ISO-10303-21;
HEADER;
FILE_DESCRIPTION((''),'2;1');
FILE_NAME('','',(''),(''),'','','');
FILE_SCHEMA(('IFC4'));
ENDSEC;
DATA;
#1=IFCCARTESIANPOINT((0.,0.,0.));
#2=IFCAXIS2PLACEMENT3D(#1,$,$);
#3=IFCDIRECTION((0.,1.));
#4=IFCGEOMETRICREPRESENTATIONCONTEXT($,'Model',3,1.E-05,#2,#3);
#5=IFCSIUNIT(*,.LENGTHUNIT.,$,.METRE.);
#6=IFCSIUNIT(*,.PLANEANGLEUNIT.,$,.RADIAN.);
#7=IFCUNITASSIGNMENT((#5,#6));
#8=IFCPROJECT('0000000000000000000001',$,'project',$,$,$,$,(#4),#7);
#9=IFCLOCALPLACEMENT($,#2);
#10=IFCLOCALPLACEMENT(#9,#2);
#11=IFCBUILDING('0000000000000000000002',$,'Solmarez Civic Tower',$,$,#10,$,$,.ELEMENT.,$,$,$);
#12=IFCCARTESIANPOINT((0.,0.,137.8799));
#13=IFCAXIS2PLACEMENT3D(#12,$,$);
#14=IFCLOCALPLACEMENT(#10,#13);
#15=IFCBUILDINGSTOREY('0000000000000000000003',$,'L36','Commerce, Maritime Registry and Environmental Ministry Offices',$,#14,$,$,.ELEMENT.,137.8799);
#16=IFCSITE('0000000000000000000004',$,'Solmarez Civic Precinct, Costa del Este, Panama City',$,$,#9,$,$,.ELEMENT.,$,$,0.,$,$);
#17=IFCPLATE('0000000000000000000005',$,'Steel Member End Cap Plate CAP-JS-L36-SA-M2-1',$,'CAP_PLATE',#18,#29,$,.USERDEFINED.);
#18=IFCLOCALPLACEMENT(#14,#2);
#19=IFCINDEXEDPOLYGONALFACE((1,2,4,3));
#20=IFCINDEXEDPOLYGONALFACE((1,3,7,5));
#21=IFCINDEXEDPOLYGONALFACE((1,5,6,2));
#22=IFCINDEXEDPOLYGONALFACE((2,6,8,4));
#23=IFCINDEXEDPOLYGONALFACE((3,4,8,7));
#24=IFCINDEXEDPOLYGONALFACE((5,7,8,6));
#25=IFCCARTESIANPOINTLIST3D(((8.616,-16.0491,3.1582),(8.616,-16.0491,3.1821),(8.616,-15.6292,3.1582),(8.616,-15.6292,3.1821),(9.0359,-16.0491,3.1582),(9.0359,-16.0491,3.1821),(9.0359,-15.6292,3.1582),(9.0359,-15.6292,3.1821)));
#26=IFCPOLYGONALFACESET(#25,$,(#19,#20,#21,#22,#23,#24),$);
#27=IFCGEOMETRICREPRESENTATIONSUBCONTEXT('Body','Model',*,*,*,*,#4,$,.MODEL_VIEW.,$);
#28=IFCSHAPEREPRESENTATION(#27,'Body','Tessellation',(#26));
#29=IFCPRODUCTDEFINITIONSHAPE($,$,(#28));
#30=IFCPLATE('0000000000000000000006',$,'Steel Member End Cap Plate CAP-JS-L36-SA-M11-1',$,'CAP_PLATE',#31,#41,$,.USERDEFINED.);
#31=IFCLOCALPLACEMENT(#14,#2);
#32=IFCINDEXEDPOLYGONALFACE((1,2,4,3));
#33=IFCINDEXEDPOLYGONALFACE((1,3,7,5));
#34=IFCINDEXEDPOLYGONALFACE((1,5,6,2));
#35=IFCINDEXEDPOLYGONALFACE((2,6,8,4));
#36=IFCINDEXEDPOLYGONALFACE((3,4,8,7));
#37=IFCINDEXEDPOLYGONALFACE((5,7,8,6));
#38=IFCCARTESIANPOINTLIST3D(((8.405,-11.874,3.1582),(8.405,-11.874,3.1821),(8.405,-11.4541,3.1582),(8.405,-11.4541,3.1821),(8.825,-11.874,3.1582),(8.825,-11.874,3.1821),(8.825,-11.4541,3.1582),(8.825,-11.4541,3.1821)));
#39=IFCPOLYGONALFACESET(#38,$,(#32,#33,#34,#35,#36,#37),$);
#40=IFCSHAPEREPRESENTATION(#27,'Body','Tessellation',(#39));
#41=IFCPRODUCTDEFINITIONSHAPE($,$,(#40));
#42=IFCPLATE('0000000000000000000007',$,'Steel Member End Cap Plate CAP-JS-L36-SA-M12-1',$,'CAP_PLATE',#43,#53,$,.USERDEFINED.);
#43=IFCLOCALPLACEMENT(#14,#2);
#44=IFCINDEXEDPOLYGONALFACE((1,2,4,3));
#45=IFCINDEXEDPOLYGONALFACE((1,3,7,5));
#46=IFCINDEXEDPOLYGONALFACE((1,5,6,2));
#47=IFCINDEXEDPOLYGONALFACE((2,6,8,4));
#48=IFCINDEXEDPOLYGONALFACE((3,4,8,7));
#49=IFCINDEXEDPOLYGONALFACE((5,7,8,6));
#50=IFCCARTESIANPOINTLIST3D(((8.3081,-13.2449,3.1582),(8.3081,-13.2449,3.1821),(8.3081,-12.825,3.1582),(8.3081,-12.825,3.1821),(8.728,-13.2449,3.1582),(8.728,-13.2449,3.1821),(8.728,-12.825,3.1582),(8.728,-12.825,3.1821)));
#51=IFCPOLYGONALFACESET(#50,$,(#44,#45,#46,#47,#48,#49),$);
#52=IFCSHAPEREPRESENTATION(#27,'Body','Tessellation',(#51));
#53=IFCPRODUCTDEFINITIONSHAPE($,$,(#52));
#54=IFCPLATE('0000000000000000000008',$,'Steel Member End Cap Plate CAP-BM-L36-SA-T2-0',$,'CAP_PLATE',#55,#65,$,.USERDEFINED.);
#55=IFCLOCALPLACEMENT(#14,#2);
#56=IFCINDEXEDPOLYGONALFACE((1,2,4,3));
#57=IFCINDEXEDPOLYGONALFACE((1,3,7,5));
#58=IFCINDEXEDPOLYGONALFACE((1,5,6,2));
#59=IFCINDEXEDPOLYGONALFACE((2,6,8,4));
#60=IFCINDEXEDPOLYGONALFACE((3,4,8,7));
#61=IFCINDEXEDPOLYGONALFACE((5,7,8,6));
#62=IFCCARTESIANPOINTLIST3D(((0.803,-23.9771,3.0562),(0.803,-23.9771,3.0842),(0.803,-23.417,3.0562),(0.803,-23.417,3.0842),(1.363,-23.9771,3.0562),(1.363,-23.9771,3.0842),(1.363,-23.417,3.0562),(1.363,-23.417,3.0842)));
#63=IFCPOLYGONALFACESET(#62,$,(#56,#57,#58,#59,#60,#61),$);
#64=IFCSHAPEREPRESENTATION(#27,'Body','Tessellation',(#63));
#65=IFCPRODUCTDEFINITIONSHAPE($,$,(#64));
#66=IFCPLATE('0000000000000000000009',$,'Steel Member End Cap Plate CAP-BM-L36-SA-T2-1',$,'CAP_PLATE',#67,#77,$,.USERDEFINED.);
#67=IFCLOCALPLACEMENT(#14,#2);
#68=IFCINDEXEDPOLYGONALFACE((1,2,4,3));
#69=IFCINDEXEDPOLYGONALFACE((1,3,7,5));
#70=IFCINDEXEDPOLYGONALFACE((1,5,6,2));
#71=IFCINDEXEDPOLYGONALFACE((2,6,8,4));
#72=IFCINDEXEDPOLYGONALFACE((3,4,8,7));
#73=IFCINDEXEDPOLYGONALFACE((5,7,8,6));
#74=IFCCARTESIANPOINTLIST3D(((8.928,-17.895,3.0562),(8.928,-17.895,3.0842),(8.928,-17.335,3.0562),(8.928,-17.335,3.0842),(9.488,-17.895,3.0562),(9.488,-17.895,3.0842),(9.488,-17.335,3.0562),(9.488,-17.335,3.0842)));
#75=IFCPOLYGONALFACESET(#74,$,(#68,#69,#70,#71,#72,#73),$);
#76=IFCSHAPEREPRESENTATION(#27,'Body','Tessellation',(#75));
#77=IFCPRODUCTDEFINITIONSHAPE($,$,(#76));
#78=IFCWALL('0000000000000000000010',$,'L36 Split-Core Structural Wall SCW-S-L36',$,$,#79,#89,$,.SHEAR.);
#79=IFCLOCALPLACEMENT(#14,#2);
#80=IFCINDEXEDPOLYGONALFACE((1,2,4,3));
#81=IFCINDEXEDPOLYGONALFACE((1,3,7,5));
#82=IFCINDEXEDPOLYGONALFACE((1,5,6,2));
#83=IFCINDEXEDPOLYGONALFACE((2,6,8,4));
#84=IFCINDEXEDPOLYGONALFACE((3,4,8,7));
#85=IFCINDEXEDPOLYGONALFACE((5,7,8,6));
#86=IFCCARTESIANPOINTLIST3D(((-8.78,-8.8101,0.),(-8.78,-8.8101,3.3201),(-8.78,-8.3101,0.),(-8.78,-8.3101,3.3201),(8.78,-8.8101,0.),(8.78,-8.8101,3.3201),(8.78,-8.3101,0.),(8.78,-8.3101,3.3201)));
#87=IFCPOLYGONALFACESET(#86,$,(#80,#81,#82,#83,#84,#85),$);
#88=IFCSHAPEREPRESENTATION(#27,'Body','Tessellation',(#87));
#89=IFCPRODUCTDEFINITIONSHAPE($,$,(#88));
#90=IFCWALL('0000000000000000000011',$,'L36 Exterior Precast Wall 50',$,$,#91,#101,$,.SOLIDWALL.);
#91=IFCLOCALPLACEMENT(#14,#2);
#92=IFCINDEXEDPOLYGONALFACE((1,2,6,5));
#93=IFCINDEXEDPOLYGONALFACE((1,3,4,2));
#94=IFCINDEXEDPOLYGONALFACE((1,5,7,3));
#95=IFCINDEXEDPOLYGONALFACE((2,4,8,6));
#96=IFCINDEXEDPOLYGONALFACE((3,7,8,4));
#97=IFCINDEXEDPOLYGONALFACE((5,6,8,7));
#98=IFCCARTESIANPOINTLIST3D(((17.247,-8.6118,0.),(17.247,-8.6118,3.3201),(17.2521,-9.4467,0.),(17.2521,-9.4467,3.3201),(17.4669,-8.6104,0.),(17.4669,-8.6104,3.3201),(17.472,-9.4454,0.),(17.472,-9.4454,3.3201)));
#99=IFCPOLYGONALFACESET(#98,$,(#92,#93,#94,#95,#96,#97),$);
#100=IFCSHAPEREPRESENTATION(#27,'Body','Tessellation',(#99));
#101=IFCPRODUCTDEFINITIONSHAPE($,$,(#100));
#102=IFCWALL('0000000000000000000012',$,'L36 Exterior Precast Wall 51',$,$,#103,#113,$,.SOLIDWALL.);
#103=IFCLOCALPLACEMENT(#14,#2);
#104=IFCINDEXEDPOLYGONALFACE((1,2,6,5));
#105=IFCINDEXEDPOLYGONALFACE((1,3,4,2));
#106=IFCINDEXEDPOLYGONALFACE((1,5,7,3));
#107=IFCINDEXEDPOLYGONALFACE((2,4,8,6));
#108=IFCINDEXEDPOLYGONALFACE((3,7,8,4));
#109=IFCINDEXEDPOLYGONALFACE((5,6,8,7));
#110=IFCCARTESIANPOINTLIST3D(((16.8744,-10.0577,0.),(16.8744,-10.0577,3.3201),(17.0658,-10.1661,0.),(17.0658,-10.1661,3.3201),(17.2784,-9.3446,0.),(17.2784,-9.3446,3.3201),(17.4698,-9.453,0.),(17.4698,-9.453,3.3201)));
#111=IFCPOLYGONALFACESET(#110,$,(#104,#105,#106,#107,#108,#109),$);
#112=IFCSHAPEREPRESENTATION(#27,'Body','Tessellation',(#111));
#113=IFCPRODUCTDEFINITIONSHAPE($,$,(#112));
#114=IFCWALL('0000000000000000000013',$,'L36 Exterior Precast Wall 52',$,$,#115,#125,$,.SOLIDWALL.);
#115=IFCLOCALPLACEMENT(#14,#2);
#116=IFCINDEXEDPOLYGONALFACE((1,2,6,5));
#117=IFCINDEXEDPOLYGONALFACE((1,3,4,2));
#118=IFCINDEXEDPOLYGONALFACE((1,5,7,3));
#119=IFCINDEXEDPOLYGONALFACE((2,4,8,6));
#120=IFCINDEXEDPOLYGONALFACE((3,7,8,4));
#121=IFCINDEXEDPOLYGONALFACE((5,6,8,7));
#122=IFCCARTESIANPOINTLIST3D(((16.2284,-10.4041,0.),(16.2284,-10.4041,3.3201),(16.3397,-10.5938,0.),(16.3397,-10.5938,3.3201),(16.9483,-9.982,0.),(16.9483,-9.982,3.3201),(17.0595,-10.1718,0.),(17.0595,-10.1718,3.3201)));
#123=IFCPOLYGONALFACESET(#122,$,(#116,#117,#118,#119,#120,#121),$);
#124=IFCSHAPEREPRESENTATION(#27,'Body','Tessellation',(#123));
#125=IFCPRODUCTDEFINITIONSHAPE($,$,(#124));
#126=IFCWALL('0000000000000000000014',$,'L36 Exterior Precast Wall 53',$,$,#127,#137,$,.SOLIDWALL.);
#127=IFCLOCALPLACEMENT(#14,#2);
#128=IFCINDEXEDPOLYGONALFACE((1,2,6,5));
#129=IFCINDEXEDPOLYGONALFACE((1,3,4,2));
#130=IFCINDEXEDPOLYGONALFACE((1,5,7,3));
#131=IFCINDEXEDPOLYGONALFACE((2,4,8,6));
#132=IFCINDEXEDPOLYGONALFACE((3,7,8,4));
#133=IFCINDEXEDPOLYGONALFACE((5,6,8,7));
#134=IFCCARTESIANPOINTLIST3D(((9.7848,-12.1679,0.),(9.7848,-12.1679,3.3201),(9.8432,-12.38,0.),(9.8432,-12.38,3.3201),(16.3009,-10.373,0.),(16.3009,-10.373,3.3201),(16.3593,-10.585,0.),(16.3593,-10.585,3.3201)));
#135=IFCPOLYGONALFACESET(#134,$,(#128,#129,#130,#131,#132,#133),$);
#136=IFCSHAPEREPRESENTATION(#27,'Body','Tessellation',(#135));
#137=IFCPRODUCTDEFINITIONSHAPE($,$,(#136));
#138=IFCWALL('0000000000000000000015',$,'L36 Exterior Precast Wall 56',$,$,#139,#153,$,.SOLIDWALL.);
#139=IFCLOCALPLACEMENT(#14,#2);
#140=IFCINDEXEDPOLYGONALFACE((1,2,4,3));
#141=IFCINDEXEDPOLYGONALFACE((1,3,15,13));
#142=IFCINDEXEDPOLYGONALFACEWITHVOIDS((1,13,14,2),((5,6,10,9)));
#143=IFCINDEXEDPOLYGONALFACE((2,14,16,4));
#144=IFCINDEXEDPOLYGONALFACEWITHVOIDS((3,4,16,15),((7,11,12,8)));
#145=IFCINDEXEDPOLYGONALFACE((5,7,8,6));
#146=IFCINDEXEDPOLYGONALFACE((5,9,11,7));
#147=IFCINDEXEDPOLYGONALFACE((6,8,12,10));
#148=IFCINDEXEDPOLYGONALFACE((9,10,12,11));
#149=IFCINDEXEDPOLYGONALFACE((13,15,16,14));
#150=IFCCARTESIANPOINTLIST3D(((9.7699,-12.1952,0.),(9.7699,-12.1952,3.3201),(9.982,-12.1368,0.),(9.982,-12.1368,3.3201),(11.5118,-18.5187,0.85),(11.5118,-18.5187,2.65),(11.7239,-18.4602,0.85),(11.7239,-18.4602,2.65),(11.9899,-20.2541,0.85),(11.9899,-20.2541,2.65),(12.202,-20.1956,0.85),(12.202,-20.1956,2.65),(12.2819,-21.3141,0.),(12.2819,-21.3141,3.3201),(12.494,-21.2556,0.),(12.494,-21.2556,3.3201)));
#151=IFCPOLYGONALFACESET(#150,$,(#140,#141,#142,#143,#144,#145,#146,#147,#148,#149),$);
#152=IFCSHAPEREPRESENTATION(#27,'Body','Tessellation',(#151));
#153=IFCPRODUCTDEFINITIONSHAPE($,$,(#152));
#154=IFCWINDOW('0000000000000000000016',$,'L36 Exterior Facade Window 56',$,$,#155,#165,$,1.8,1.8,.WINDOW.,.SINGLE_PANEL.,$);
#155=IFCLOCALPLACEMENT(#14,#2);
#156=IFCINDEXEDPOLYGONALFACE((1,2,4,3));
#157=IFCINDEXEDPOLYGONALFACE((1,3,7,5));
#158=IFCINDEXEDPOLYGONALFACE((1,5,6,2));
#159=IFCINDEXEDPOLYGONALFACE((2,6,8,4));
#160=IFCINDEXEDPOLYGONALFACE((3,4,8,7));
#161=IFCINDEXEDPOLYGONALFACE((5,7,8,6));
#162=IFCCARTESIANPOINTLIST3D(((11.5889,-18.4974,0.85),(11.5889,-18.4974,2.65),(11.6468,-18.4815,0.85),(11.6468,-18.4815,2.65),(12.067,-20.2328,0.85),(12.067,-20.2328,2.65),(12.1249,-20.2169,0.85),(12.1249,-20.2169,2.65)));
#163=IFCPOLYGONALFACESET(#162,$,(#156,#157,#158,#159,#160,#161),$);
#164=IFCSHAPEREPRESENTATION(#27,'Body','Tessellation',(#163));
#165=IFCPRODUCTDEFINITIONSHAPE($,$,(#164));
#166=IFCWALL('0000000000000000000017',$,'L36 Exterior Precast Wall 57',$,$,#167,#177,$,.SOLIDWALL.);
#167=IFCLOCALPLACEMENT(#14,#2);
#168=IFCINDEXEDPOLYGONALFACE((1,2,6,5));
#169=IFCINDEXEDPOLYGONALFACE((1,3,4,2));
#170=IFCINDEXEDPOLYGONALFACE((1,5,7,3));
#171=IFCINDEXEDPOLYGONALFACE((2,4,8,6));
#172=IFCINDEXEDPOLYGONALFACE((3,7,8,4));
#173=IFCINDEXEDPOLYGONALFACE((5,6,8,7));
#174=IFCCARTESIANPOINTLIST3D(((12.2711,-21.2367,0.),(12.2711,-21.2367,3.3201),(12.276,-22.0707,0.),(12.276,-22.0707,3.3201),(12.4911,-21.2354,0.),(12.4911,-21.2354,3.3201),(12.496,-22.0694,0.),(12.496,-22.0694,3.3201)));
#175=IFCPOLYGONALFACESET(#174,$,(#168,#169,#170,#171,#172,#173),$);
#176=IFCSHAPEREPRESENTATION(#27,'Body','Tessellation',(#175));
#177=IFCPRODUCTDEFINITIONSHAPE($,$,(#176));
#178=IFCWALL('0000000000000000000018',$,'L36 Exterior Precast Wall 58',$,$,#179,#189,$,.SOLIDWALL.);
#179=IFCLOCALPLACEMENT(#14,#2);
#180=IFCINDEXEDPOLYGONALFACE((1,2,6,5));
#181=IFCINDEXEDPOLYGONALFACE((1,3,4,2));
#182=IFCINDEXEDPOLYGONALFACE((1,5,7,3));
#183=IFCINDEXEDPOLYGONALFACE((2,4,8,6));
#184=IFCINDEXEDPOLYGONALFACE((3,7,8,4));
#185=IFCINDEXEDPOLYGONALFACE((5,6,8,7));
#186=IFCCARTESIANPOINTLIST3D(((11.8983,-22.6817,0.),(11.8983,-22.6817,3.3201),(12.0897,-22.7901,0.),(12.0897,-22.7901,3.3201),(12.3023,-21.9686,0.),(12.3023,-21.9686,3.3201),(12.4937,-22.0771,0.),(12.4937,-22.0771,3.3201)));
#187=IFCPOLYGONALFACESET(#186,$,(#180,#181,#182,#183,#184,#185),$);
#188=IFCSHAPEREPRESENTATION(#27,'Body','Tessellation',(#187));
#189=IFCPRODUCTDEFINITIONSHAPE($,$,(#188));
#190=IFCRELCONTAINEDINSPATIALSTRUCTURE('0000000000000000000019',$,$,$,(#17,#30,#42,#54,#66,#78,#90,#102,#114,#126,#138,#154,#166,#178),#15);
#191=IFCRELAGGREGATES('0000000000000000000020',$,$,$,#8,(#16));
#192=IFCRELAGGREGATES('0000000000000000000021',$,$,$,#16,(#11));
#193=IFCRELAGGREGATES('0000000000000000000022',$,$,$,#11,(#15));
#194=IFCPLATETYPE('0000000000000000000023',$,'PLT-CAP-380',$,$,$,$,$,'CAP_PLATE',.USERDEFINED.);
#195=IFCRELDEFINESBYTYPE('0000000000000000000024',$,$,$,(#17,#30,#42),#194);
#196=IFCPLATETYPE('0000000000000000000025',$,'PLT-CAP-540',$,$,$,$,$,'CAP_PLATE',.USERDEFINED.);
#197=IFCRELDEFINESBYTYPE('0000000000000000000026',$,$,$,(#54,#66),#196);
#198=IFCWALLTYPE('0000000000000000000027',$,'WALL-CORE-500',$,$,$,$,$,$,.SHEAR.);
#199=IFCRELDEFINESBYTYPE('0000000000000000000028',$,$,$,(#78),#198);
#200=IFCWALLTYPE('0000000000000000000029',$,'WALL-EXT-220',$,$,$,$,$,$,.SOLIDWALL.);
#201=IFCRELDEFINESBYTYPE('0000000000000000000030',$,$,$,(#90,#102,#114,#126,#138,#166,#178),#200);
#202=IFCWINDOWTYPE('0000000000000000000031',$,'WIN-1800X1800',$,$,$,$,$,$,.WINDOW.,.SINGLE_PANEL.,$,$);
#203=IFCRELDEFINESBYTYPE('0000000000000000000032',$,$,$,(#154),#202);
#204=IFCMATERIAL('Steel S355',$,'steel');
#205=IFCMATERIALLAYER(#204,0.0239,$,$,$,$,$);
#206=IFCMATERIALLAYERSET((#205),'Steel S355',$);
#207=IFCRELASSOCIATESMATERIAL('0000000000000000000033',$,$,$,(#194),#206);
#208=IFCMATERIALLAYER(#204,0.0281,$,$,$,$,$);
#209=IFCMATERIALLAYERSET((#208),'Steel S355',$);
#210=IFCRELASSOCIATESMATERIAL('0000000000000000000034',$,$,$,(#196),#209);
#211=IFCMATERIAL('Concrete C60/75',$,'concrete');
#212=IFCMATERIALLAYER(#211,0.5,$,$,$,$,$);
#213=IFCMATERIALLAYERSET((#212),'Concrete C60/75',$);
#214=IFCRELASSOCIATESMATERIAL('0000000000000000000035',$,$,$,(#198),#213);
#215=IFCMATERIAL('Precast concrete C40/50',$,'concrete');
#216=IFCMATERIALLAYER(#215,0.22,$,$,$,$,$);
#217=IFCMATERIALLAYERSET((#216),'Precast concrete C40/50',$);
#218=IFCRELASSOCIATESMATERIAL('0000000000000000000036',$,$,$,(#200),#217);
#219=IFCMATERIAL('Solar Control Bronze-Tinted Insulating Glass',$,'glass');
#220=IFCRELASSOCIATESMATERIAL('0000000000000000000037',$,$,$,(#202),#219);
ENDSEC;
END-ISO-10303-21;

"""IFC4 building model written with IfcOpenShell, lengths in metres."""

from ifc_helpers import new_model, si_unit, direction, frame, frame_2d, origin, origin_2d, place, context, subcontext, project, spatial, rectangle, extrude, material, layer, layer_set, type_object, element, fill, save


model = new_model("IFC4")

# Units and contexts
model_context = context("Model", 3, precision=1e-05, world=origin(), true_north=direction((0.0, 1.0)))
body_context = subcontext(model_context, "Body", "Model", "MODEL_VIEW")
ifc_project = project(units=[si_unit("LENGTHUNIT", "METRE"), si_unit("PLANEANGLEUNIT", "RADIAN")], contexts=[model_context])

# Site, building, storey
site_placement = place(None, origin())
site = spatial("IfcSite", under=ifc_project, at=site_placement, Name="Solmarez Civic Precinct, Costa del Este, Panama City", CompositionType="ELEMENT", RefElevation=0.0)
building_placement = place(site_placement, origin())
building = spatial("IfcBuilding", under=site, at=building_placement, Name="Solmarez Civic Tower", CompositionType="ELEMENT")
storey_placement = place(building_placement, frame((0.0, 0.0, 137.8799)))
storey = spatial("IfcBuildingStorey", under=building, at=storey_placement, Name="L36", Description="Commerce, Maritime Registry and Environmental Ministry Offices", CompositionType="ELEMENT", Elevation=137.8799)

# Shared definitions
ifc_material_1 = material(Name="Steel S355", Category="steel")

# Plates
ifc_layer_1 = layer(ifc_material_1, 0.0239)
ifc_layer_set_1 = layer_set([ifc_layer_1], Name="Steel S355")
plate_type_1 = type_object("IfcPlateType", Name="PLT-CAP-380", ElementType="CAP_PLATE", PredefinedType="USERDEFINED", material=ifc_layer_set_1)
for number, where, z_axis, x_axis, name in (
    (1, (8.8259, -15.8391, 3.1582), (0.0, 0.0, 1.0), (1.0, 0.0, 0.0), "Steel Member End Cap Plate CAP-JS-L36-SA-M2-1"),
    (2, (8.615, -11.6641, 3.1582), (0.0, 0.0, 1.0), (1.0, 0.0, 0.0), "Steel Member End Cap Plate CAP-JS-L36-SA-M11-1"),
    (3, (8.5181, -13.0349, 3.1582), (0.0, 0.0, 1.0), (1.0, 0.0, 0.0), "Steel Member End Cap Plate CAP-JS-L36-SA-M12-1"),
):
    element("IfcPlate", number, at=place(storey_placement, frame(where, z_axis=z_axis, x_axis=x_axis)), inside=storey, type_object=plate_type_1, Name=name, ObjectType="CAP_PLATE", PredefinedType="USERDEFINED", context=body_context, shape_type="SweptSolid", body=[
        extrude(rectangle(XDim=0.4199, YDim=0.4199, at=origin_2d()), origin(), (0.0, 0.0, 1.0), 0.0239),
    ])
ifc_layer_2 = layer(ifc_material_1, 0.0281)
ifc_layer_set_2 = layer_set([ifc_layer_2], Name="Steel S355")
plate_type_2 = type_object("IfcPlateType", Name="PLT-CAP-540", ElementType="CAP_PLATE", PredefinedType="USERDEFINED", material=ifc_layer_set_2)
for number, where, z_axis, x_axis, name in (
    (4, (1.083, -23.697, 3.0562), (0.0, 0.0, 1.0), (1.0, 0.0, 0.0), "Steel Member End Cap Plate CAP-BM-L36-SA-T2-0"),
    (5, (9.208, -17.615, 3.0562), (0.0, 0.0, 1.0), (1.0, 0.0, 0.0), "Steel Member End Cap Plate CAP-BM-L36-SA-T2-1"),
):
    element("IfcPlate", number, at=place(storey_placement, frame(where, z_axis=z_axis, x_axis=x_axis)), inside=storey, type_object=plate_type_2, Name=name, ObjectType="CAP_PLATE", PredefinedType="USERDEFINED", context=body_context, shape_type="SweptSolid", body=[
        extrude(rectangle(XDim=0.5601, YDim=0.5601, at=origin_2d()), origin(), (0.0, 0.0, 1.0), 0.0281),
    ])

# Walls
ifc_material_2 = material(Name="Concrete C60/75", Category="concrete")
ifc_layer_3 = layer(ifc_material_2, 0.5)
ifc_layer_set_3 = layer_set([ifc_layer_3], Name="Concrete C60/75")
wall_type_1 = type_object("IfcWallType", Name="WALL-CORE-500", PredefinedType="SHEAR", material=ifc_layer_set_3)
wall_1_placement = place(storey_placement, frame((8.78, -8.5601, 0.0), z_axis=(0.0, 0.0, 1.0), x_axis=(-1.0, 0.0, 0.0)))
element("IfcWall", 6, at=wall_1_placement, inside=storey, type_object=wall_type_1, Name="L36 Split-Core Structural Wall SCW-S-L36", PredefinedType="SHEAR", context=body_context, shape_type="SweptSolid", body=[
    extrude(rectangle(XDim=17.5601, YDim=0.5, at=frame_2d((8.78, 0.0))), origin(), (0.0, 0.0, 1.0), 3.3201),
])
ifc_material_3 = material(Name="Precast concrete C40/50", Category="concrete")
ifc_layer_4 = layer(ifc_material_3, 0.22)
ifc_layer_set_4 = layer_set([ifc_layer_4], Name="Precast concrete C40/50")
wall_type_2 = type_object("IfcWallType", Name="WALL-EXT-220", PredefinedType="SOLIDWALL", material=ifc_layer_set_4)
wall_2_placement = place(storey_placement, frame((17.3569, -8.6111, 0.0), z_axis=(0.0, 0.0, 1.0), x_axis=(0.00614, -0.999981, 0.0)))
element("IfcWall", 7, at=wall_2_placement, inside=storey, type_object=wall_type_2, Name="L36 Exterior Precast Wall 50", PredefinedType="SOLIDWALL", context=body_context, shape_type="SweptSolid", body=[
    extrude(rectangle(XDim=0.835, YDim=0.22, at=frame_2d((0.4175, 0.0))), origin(), (0.0, 0.0, 1.0), 3.3201),
])
wall_3_placement = place(storey_placement, frame((17.374, -9.3989, 0.0), z_axis=(0.0, 0.0, 1.0), x_axis=(-0.49296, -0.870052, 0.0)))
element("IfcWall", 8, at=wall_3_placement, inside=storey, type_object=wall_type_2, Name="L36 Exterior Precast Wall 51", PredefinedType="SOLIDWALL", context=body_context, shape_type="SweptSolid", body=[
    extrude(rectangle(XDim=0.8196, YDim=0.22, at=frame_2d((0.4097, 0.0))), origin(), (0.0, 0.0, 1.0), 3.3201),
])
wall_4_placement = place(storey_placement, frame((17.0039, -10.0769, 0.0), z_axis=(0.0, 0.0, 1.0), x_axis=(-0.862663, -0.50578, 0.0)))
element("IfcWall", 9, at=wall_4_placement, inside=storey, type_object=wall_type_2, Name="L36 Exterior Precast Wall 52", PredefinedType="SOLIDWALL", context=body_context, shape_type="SweptSolid", body=[
    extrude(rectangle(XDim=0.8345, YDim=0.22, at=frame_2d((0.4172, 0.0))), origin(), (0.0, 0.0, 1.0), 3.3201),
])
wall_5_placement = place(storey_placement, frame((16.3301, -10.479, 0.0), z_axis=(0.0, 0.0, 1.0), x_axis=(-0.964092, -0.265568, 0.0)))
element("IfcWall", 10, at=wall_5_placement, inside=storey, type_object=wall_type_2, Name="L36 Exterior Precast Wall 53", PredefinedType="SOLIDWALL", context=body_context, shape_type="SweptSolid", body=[
    extrude(rectangle(XDim=6.7588, YDim=0.22, at=frame_2d((3.3794, 0.0))), origin(), (0.0, 0.0, 1.0), 3.3201),
])

# Wall, opening, window
wall_6_placement = place(storey_placement, frame((9.876, -12.166, 0.0), z_axis=(0.0, 0.0, 1.0), x_axis=(0.265576, -0.96409, 0.0)))
wall_6 = element("IfcWall", 11, at=wall_6_placement, inside=storey, type_object=wall_type_2, Name="L36 Exterior Precast Wall 56", PredefinedType="SOLIDWALL", context=body_context, shape_type="SweptSolid", body=[
    extrude(rectangle(XDim=9.4585, YDim=0.22, at=frame_2d((4.7292, 0.0))), origin(), (0.0, 0.0, 1.0), 3.3201),
])
opening_1_placement = place(wall_6_placement, frame((6.5591, 0.0, 0.8501)))
opening_1 = element("IfcOpeningElement", 12, at=opening_1_placement, cuts=wall_6, PredefinedType="OPENING", context=body_context, shape_type="SweptSolid", body=[
    extrude(rectangle(XDim=1.8, YDim=1.8, at=frame_2d((0.8999, 0.8999))), frame((0.0, 0.1199, 0.0), z_axis=(0.0, -1.0, 0.0), x_axis=(1.0, 0.0, 0.0)), (0.0, 0.0, 1.0), 0.24),
])
ifc_material_4 = material(Name="Solar Control Bronze-Tinted Insulating Glass", Category="glass")
window_type_1 = type_object("IfcWindowType", Name="WIN-1800X1800", PartitioningType="SINGLE_PANEL", PredefinedType="WINDOW", material=ifc_material_4)
window_1_placement = place(opening_1_placement, origin())
window_1 = element("IfcWindow", 13, at=window_1_placement, inside=storey, type_object=window_type_1, Name="L36 Exterior Facade Window 56", OverallHeight=1.8, OverallWidth=1.8, PartitioningType="SINGLE_PANEL", PredefinedType="WINDOW", context=body_context, shape_type="SweptSolid", body=[
    extrude(rectangle(XDim=1.8, YDim=1.8, at=frame_2d((0.8999, 0.8999))), frame((0.0, 0.03, 0.0), z_axis=(0.0, -1.0, 0.0), x_axis=(1.0, 0.0, 0.0)), (0.0, 0.0, 1.0), 0.0601),
])
fill(opening_1, window_1)

# Walls
wall_7_placement = place(storey_placement, frame((12.3811, -21.2361, 0.0), z_axis=(0.0, 0.0, 1.0), x_axis=(0.005855, -0.999983, 0.0)))
element("IfcWall", 14, at=wall_7_placement, inside=storey, type_object=wall_type_2, Name="L36 Exterior Precast Wall 57", PredefinedType="SOLIDWALL", context=body_context, shape_type="SweptSolid", body=[
    extrude(rectangle(XDim=0.834, YDim=0.22, at=frame_2d((0.417, 0.0))), origin(), (0.0, 0.0, 1.0), 3.3201),
])
wall_8_placement = place(storey_placement, frame((12.3979, -22.0229, 0.0), z_axis=(0.0, 0.0, 1.0), x_axis=(-0.49296, -0.870052, 0.0)))
element("IfcWall", 15, at=wall_8_placement, inside=storey, type_object=wall_type_2, Name="L36 Exterior Precast Wall 58", PredefinedType="SOLIDWALL", context=body_context, shape_type="SweptSolid", body=[
    extrude(rectangle(XDim=0.8196, YDim=0.22, at=frame_2d((0.4097, 0.0))), origin(), (0.0, 0.0, 1.0), 3.3201),
])

save(model, "model.ifc")
